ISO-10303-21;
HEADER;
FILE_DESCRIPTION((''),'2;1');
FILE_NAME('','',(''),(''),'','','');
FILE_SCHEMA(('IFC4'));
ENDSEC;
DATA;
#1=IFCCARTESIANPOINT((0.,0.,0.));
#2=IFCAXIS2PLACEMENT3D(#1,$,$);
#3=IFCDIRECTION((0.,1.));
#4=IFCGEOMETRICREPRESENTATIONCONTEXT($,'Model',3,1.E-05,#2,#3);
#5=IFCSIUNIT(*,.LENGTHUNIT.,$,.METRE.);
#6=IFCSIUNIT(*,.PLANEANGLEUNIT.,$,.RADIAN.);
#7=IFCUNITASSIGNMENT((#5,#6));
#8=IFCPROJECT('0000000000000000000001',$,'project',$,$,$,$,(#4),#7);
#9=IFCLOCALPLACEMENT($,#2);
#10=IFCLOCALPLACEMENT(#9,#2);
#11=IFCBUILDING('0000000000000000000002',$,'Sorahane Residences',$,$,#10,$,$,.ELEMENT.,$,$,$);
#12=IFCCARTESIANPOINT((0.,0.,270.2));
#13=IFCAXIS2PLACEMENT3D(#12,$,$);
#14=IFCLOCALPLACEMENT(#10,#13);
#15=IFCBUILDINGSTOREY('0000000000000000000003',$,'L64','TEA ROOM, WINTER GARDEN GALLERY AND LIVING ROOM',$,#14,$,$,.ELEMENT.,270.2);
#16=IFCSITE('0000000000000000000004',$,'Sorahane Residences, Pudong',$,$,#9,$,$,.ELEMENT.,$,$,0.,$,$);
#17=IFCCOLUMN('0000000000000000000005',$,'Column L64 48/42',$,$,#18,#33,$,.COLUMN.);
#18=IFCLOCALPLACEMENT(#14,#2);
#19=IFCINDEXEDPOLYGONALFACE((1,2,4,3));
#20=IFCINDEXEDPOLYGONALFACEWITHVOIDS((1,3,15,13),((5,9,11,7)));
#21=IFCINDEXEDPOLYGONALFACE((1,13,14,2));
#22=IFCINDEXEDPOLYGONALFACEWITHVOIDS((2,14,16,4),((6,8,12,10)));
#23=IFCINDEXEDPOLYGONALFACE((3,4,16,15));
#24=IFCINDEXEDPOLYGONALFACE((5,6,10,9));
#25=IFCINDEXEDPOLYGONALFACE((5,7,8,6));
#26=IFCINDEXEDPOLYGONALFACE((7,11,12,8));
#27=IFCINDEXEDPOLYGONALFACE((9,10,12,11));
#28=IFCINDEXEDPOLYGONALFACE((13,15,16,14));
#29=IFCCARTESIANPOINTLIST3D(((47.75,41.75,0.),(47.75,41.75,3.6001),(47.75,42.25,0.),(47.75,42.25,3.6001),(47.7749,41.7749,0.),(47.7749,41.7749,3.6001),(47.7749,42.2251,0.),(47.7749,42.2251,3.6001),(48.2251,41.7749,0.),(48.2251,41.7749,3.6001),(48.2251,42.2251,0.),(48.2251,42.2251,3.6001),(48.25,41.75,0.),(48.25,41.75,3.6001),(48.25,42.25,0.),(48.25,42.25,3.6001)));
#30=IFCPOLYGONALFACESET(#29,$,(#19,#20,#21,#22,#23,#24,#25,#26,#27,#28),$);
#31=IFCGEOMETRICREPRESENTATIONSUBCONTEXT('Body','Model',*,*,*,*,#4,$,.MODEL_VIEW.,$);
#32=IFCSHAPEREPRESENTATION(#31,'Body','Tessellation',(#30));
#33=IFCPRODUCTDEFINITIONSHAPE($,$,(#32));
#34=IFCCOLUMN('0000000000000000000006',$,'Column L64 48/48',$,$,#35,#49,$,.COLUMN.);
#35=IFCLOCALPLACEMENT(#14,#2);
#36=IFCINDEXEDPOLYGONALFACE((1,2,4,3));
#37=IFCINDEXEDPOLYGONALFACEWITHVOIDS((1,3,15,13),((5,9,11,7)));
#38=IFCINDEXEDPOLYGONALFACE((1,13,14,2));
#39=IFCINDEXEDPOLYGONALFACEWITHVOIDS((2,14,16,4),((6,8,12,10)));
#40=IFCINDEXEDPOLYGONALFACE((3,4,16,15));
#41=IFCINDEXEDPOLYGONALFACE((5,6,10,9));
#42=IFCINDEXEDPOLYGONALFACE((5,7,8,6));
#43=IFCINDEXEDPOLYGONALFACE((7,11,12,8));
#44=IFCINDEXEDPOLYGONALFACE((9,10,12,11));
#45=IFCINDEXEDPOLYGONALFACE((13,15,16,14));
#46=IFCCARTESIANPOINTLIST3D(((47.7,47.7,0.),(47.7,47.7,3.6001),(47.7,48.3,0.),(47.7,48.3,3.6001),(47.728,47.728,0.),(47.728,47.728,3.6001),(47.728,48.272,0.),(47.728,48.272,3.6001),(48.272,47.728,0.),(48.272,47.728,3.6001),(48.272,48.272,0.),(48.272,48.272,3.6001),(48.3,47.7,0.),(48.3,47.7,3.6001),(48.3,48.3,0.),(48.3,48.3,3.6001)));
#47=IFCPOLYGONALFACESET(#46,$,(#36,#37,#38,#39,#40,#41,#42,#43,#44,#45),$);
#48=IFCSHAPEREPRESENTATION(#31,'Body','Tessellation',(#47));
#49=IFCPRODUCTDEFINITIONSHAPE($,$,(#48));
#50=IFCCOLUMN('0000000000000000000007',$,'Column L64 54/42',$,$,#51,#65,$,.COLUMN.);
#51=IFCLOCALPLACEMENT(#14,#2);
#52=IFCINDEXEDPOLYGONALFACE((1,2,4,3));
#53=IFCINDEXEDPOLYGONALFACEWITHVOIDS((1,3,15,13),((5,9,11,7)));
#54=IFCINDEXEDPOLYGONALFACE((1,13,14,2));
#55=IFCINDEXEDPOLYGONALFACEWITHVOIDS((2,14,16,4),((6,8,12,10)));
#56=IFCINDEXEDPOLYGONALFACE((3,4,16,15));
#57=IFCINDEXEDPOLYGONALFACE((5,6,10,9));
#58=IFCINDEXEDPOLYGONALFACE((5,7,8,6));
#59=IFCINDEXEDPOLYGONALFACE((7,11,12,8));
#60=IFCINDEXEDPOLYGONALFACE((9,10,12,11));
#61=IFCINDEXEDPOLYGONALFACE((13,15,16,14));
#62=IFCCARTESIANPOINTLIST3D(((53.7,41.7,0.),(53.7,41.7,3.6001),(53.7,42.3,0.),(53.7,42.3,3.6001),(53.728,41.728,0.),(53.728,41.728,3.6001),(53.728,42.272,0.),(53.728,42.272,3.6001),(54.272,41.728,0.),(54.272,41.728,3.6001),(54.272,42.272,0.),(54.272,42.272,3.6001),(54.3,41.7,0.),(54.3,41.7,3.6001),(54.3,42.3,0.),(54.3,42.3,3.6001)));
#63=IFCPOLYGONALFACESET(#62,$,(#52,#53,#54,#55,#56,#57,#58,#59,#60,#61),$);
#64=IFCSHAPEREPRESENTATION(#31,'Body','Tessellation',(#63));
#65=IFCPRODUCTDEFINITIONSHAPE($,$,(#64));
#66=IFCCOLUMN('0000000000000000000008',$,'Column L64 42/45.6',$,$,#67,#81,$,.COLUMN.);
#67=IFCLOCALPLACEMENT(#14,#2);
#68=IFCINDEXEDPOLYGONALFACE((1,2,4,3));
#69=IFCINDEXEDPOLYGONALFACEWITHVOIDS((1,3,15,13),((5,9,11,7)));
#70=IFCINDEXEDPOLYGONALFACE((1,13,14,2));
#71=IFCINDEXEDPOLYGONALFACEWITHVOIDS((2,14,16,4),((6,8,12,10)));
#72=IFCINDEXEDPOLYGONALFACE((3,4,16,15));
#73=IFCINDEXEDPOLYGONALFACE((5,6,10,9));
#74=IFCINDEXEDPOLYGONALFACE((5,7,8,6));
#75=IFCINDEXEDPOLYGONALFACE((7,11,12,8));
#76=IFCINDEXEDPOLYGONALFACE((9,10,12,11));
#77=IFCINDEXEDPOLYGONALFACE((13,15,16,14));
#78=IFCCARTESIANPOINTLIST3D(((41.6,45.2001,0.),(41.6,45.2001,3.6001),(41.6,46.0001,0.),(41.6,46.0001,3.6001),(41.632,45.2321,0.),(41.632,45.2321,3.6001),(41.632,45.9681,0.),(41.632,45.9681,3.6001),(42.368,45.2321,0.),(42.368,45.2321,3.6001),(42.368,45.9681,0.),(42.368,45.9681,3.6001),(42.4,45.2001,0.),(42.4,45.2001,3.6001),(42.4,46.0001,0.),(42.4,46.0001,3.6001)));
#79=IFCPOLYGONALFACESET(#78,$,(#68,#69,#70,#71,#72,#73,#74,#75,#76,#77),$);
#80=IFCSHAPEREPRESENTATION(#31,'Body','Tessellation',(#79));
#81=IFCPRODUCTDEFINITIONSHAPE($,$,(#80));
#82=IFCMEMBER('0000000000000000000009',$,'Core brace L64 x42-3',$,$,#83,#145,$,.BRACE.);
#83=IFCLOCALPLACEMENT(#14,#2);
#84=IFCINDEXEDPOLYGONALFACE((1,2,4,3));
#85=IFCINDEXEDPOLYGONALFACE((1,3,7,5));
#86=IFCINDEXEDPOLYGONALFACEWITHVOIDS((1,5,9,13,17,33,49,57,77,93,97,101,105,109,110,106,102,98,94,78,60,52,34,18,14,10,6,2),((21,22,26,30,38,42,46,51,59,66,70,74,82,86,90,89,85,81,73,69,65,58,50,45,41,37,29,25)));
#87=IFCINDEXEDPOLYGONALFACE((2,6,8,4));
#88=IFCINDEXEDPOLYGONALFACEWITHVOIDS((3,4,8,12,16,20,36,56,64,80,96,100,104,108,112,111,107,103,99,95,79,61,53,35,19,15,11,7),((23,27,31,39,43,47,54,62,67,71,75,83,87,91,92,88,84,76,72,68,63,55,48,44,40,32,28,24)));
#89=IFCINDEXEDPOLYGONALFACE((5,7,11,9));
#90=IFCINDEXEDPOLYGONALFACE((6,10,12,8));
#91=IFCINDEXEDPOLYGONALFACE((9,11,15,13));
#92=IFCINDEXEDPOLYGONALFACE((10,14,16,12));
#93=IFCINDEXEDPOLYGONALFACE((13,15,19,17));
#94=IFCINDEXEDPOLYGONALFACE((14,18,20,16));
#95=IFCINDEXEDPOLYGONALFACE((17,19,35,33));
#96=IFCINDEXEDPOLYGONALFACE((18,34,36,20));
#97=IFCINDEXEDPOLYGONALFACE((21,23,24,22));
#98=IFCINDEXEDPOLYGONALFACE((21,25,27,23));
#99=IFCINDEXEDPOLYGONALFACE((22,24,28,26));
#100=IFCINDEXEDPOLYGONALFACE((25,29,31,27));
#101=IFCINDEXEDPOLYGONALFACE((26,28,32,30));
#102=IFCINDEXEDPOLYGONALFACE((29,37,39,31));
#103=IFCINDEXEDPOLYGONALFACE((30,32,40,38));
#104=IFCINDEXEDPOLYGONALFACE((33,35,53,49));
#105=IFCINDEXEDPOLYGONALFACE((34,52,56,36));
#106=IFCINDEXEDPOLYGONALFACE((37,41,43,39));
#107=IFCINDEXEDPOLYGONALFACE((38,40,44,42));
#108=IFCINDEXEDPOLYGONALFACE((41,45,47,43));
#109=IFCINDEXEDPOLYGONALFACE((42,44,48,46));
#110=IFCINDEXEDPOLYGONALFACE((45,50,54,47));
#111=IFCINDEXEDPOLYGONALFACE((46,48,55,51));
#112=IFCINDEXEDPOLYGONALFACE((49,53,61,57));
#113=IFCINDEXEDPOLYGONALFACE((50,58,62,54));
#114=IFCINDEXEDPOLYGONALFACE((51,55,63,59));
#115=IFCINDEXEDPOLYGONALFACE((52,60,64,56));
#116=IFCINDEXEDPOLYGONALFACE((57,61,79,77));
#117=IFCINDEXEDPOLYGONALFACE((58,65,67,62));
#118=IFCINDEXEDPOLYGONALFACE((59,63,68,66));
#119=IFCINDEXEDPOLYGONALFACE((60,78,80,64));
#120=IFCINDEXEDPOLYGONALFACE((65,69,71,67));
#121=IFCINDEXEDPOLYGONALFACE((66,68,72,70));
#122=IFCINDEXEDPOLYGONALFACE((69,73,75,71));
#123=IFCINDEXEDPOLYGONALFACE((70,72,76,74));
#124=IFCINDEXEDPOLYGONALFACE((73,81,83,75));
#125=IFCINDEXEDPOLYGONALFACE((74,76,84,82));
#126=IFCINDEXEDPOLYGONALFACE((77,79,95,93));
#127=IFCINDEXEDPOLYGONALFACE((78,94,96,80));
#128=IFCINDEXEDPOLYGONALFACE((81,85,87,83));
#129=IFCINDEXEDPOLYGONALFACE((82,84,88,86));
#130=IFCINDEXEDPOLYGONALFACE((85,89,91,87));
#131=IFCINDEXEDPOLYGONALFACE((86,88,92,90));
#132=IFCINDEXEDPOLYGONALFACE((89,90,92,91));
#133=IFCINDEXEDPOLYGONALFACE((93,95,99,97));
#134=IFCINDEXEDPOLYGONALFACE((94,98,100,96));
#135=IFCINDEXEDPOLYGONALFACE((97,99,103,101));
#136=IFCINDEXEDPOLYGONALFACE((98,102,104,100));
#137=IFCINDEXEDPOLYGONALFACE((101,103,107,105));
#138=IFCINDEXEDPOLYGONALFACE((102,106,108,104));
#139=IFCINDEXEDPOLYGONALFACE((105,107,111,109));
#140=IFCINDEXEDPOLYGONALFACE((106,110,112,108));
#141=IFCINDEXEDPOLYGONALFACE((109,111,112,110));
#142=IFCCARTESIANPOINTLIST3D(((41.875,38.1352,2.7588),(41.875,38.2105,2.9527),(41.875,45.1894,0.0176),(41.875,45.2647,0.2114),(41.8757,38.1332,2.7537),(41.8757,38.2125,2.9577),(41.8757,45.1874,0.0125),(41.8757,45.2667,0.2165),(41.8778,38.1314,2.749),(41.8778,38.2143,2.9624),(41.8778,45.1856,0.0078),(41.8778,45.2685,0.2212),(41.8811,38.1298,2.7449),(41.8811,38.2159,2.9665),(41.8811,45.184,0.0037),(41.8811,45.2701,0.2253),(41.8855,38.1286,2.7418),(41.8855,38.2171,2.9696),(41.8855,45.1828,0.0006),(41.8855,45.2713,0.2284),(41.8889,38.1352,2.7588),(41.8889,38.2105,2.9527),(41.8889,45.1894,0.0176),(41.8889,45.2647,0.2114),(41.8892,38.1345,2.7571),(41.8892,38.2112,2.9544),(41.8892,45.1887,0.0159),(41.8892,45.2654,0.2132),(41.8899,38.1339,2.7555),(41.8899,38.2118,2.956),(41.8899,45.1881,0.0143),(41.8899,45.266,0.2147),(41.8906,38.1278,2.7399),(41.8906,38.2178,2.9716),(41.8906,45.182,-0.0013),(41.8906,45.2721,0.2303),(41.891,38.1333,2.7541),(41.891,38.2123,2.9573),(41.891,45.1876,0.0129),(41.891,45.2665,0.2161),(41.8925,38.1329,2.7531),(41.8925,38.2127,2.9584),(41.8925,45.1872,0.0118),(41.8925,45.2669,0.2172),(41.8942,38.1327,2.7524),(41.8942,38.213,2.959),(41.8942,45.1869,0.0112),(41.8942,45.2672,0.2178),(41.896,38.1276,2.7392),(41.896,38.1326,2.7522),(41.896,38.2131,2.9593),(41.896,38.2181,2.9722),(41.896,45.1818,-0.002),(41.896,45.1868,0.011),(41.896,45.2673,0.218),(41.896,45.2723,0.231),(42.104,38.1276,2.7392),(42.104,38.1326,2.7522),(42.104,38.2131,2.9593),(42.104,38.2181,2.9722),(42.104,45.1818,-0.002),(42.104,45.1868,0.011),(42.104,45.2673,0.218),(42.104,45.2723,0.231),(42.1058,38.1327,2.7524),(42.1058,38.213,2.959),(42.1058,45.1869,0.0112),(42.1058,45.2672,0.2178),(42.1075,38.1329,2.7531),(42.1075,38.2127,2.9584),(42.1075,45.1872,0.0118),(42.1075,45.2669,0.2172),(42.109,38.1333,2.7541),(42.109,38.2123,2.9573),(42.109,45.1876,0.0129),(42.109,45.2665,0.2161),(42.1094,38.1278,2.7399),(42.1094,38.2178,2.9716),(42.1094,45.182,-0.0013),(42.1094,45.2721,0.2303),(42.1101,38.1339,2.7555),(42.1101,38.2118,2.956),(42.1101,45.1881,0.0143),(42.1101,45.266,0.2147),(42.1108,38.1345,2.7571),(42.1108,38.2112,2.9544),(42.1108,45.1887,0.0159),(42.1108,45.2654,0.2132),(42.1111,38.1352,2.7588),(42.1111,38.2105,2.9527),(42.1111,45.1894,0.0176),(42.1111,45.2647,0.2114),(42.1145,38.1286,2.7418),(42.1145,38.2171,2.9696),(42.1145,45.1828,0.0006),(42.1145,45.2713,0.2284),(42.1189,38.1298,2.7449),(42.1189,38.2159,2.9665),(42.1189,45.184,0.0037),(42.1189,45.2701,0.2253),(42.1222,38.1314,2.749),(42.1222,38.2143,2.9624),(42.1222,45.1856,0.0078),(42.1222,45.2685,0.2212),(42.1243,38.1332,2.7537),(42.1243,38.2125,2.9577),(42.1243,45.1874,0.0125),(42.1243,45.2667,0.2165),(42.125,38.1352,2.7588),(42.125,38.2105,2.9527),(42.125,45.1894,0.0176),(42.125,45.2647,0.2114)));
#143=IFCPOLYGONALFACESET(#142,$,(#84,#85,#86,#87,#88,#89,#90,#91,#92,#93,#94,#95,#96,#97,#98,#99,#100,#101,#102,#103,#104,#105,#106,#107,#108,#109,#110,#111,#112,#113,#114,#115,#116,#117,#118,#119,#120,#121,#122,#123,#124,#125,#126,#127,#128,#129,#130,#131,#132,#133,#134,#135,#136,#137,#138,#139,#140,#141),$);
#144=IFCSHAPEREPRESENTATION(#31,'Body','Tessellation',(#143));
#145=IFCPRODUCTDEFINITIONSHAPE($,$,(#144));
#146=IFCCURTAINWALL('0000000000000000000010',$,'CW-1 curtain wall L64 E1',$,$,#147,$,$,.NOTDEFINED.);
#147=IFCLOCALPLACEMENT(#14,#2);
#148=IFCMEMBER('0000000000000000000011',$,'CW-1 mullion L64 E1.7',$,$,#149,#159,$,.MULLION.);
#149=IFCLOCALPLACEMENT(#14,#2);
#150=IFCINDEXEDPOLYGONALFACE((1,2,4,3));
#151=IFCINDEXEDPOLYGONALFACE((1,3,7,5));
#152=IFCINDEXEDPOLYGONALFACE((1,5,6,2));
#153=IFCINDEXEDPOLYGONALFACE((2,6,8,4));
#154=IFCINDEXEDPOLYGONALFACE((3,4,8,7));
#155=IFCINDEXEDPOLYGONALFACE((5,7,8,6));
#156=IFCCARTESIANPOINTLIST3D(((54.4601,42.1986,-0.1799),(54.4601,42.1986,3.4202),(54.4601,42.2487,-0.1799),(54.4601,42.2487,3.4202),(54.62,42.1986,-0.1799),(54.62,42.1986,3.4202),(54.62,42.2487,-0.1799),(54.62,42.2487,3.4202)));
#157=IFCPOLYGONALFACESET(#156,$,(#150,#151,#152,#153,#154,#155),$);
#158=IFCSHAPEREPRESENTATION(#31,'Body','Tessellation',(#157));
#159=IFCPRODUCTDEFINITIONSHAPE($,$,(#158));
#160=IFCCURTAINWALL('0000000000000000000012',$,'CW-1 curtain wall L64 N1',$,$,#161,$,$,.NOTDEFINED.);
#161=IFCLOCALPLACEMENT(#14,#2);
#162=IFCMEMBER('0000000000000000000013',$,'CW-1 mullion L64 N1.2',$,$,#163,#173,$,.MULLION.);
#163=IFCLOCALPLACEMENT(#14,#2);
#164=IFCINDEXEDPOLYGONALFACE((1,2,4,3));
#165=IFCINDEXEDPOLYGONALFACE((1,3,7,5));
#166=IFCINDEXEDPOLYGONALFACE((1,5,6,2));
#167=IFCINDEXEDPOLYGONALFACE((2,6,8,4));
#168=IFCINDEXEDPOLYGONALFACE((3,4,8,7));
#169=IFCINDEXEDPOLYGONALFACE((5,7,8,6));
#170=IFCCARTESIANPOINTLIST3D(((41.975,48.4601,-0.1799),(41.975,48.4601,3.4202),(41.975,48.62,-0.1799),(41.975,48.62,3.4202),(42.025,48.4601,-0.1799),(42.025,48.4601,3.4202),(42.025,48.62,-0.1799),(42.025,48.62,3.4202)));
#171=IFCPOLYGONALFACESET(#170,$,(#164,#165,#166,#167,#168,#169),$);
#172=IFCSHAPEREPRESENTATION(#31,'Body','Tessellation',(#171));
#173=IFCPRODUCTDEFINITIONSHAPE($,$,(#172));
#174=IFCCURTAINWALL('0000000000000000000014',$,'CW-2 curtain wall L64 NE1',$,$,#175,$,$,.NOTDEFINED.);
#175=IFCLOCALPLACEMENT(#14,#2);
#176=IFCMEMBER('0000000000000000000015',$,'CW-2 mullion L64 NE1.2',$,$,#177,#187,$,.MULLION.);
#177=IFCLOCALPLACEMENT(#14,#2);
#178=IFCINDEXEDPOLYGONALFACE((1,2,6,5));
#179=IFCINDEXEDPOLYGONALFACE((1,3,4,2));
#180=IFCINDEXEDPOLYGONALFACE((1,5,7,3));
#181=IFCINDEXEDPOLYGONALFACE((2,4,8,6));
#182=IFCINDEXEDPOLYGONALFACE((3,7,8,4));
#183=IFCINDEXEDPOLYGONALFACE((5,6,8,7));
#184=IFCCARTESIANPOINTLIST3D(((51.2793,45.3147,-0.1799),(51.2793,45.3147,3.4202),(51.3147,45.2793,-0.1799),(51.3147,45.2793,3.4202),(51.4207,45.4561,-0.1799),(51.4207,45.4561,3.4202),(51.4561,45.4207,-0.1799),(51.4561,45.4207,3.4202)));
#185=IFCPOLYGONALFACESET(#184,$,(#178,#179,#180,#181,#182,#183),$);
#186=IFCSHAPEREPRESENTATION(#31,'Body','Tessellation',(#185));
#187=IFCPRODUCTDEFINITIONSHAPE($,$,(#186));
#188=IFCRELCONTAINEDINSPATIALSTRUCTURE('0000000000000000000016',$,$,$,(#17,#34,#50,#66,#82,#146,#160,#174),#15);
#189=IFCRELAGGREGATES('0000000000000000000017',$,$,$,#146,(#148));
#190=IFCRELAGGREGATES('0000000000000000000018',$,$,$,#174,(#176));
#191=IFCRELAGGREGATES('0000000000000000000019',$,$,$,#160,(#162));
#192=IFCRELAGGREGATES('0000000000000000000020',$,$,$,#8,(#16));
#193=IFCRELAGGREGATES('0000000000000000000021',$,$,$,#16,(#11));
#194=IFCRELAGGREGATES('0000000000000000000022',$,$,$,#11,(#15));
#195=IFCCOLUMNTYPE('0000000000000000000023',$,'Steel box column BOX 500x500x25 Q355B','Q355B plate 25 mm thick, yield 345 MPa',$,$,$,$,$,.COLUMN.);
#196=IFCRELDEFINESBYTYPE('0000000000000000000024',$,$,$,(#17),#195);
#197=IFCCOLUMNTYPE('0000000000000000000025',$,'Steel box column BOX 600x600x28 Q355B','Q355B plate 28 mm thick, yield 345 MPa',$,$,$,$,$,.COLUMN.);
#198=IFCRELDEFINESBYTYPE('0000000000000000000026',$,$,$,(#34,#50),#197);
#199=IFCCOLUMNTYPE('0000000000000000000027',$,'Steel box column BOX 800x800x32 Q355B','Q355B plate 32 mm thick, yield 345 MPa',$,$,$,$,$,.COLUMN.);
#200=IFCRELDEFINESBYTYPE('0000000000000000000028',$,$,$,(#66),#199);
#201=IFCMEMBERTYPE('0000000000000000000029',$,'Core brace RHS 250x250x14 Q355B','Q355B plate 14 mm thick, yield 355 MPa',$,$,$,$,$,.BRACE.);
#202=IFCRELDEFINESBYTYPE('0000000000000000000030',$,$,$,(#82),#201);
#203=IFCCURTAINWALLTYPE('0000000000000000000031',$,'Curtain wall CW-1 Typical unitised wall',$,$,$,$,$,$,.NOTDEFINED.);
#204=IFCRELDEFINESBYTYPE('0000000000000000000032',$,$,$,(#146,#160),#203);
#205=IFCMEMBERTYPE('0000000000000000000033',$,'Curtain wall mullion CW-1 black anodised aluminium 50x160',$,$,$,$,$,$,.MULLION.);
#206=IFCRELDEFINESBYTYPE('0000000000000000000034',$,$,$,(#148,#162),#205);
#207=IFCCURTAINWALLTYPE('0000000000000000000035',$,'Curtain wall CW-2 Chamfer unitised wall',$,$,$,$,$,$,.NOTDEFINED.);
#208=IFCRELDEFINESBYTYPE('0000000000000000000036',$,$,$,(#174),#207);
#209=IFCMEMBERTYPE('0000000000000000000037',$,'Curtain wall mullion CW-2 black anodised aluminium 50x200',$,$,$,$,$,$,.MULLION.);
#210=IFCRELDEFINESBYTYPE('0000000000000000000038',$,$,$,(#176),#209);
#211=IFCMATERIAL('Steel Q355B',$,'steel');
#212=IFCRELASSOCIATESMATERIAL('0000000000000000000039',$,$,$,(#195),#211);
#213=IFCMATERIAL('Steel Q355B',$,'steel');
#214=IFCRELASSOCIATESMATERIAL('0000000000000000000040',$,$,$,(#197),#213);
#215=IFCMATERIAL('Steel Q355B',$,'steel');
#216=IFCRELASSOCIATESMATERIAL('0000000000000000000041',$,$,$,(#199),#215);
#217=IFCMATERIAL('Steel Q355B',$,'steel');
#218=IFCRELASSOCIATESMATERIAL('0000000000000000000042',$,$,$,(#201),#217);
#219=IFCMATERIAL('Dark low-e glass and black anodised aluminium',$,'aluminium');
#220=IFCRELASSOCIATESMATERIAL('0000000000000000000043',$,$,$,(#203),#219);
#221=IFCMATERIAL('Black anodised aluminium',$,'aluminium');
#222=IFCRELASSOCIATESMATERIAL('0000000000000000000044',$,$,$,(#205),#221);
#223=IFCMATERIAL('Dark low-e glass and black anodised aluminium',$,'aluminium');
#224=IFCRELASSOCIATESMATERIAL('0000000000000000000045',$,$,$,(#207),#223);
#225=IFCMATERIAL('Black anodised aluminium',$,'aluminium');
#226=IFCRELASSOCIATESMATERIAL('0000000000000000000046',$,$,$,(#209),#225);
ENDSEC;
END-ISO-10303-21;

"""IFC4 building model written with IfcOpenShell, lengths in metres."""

from ifc_helpers import new_model, si_unit, direction, frame, origin, origin_2d, place, context, subcontext, project, spatial, rectangle, hollow_rectangle, extrude, material, material_profile, profile_set, type_object, element, aggregate, save


model = new_model("IFC4")

# Units and contexts
model_context = context("Model", 3, precision=1e-05, world=origin(), true_north=direction((0.0, 1.0)))
body_context = subcontext(model_context, "Body", "Model", "MODEL_VIEW")
ifc_project = project(units=[si_unit("LENGTHUNIT", "METRE"), si_unit("PLANEANGLEUNIT", "RADIAN")], contexts=[model_context])

# Site, building, storey
site_placement = place(None, origin())
site = spatial("IfcSite", under=ifc_project, at=site_placement, Name="Sorahane Residences, Pudong", CompositionType="ELEMENT", RefElevation=0.0)
building_placement = place(site_placement, origin())
building = spatial("IfcBuilding", under=site, at=building_placement, Name="Sorahane Residences", CompositionType="ELEMENT")
storey_placement = place(building_placement, frame((0.0, 0.0, 270.2)))
storey = spatial("IfcBuildingStorey", under=building, at=storey_placement, Name="L64", Description="TEA ROOM, WINTER GARDEN GALLERY AND LIVING ROOM", CompositionType="ELEMENT", Elevation=270.2)

# Columns
ifc_material_1 = material(Name="Steel Q355B", Category="steel")
ifc_material_profile_1 = material_profile(ifc_material_1, hollow_rectangle(XDim=0.5, YDim=0.5, WallThickness=0.0249, at=origin_2d()), Name="BOX 500x500x25")
ifc_profile_set_1 = profile_set([ifc_material_profile_1], Name="Steel Q355B")
column_type_1 = type_object("IfcColumnType", Name="Steel box column BOX 500x500x25 Q355B", Description="Q355B plate 25 mm thick, yield 345 MPa", PredefinedType="COLUMN", material=ifc_profile_set_1)
column_1_placement = place(storey_placement, frame((48.0, 42.0, 0.0), z_axis=(0.0, 0.0, 1.0), x_axis=(1.0, 0.0, 0.0)))
element("IfcColumn", 1, at=column_1_placement, inside=storey, type_object=column_type_1, Name="Column L64 48/42", PredefinedType="COLUMN", context=body_context, shape_type="SweptSolid", body=[
    extrude(hollow_rectangle(XDim=0.5, YDim=0.5, WallThickness=0.0249, at=origin_2d()), origin(), (0.0, 0.0, 1.0), 3.6001),
])
ifc_material_2 = material(Name="Steel Q355B", Category="steel")
ifc_material_profile_2 = material_profile(ifc_material_2, hollow_rectangle(XDim=0.6001, YDim=0.6001, WallThickness=0.0281, at=origin_2d()), Name="BOX 600x600x28")
ifc_profile_set_2 = profile_set([ifc_material_profile_2], Name="Steel Q355B")
column_type_2 = type_object("IfcColumnType", Name="Steel box column BOX 600x600x28 Q355B", Description="Q355B plate 28 mm thick, yield 345 MPa", PredefinedType="COLUMN", material=ifc_profile_set_2)
for number, where, z_axis, x_axis, name in (
    (2, (48.0, 48.0, 0.0), (0.0, 0.0, 1.0), (1.0, 0.0, 0.0), "Column L64 48/48"),
    (3, (54.0, 42.0, 0.0), (0.0, 0.0, 1.0), (1.0, 0.0, 0.0), "Column L64 54/42"),
):
    element("IfcColumn", number, at=place(storey_placement, frame(where, z_axis=z_axis, x_axis=x_axis)), inside=storey, type_object=column_type_2, Name=name, PredefinedType="COLUMN", context=body_context, shape_type="SweptSolid", body=[
        extrude(hollow_rectangle(XDim=0.6001, YDim=0.6001, WallThickness=0.0281, at=origin_2d()), origin(), (0.0, 0.0, 1.0), 3.6001),
    ])
ifc_material_3 = material(Name="Steel Q355B", Category="steel")
ifc_material_profile_3 = material_profile(ifc_material_3, hollow_rectangle(XDim=0.8, YDim=0.8, WallThickness=0.032, at=origin_2d()), Name="BOX 800x800x32")
ifc_profile_set_3 = profile_set([ifc_material_profile_3], Name="Steel Q355B")
column_type_3 = type_object("IfcColumnType", Name="Steel box column BOX 800x800x32 Q355B", Description="Q355B plate 32 mm thick, yield 345 MPa", PredefinedType="COLUMN", material=ifc_profile_set_3)
column_2_placement = place(storey_placement, frame((42.0, 45.6001, 0.0), z_axis=(0.0, 0.0, 1.0), x_axis=(1.0, 0.0, 0.0)))
element("IfcColumn", 4, at=column_2_placement, inside=storey, type_object=column_type_3, Name="Column L64 42/45.6", PredefinedType="COLUMN", context=body_context, shape_type="SweptSolid", body=[
    extrude(hollow_rectangle(XDim=0.8, YDim=0.8, WallThickness=0.032, at=origin_2d()), origin(), (0.0, 0.0, 1.0), 3.6001),
])

# Member
ifc_material_4 = material(Name="Steel Q355B", Category="steel")
ifc_material_profile_4 = material_profile(ifc_material_4, hollow_rectangle(XDim=0.25, YDim=0.25, WallThickness=0.0139, InnerFilletRadius=0.0071, OuterFilletRadius=0.021, at=origin_2d()), Name="RHS 250x250x14")
ifc_profile_set_4 = profile_set([ifc_material_profile_4], Name="Steel Q355B")
member_type_1 = type_object("IfcMemberType", Name="Core brace RHS 250x250x14 Q355B", Description="Q355B plate 14 mm thick, yield 355 MPa", PredefinedType="BRACE", material=ifc_profile_set_4)
member_1_placement = place(storey_placement, frame((42.0, 45.2271, 0.1145), z_axis=(0.0, -0.932098, 0.362207), x_axis=(1.0, 0.0, 0.0)))
element("IfcMember", 5, at=member_1_placement, inside=storey, type_object=member_type_1, Name="Core brace L64 x42-3", PredefinedType="BRACE", context=body_context, shape_type="SweptSolid", body=[
    extrude(hollow_rectangle(XDim=0.25, YDim=0.25, WallThickness=0.0139, InnerFilletRadius=0.0071, OuterFilletRadius=0.021, at=origin_2d()), origin(), (0.0, 0.0, 1.0), 7.5681),
])

# Curtain walls, members
ifc_material_5 = material(Name="Dark low-e glass and black anodised aluminium", Category="aluminium")
curtain_wall_type_1 = type_object("IfcCurtainWallType", Name="Curtain wall CW-1 Typical unitised wall", PredefinedType="NOTDEFINED", material=ifc_material_5)
curtain_wall_1_placement = place(storey_placement, origin())
curtain_wall_1 = element("IfcCurtainWall", 6, at=curtain_wall_1_placement, inside=storey, type_object=curtain_wall_type_1, Name="CW-1 curtain wall L64 E1", PredefinedType="NOTDEFINED")
ifc_material_6 = material(Name="Black anodised aluminium", Category="aluminium")
ifc_material_profile_5 = material_profile(ifc_material_6, rectangle(XDim=0.1599, YDim=0.05, at=origin_2d()), Name="Curtain wall mullion CW-1 black anodised aluminium 50x160")
ifc_profile_set_5 = profile_set([ifc_material_profile_5], Name="Black anodised aluminium")
member_type_2 = type_object("IfcMemberType", Name="Curtain wall mullion CW-1 black anodised aluminium 50x160", PredefinedType="MULLION", material=ifc_profile_set_5)
member_2_placement = place(storey_placement, frame((54.54, 42.2236, -0.1799), z_axis=(0.0, 0.0, 1.0), x_axis=(1.0, 0.0, 0.0)))
member_2 = element("IfcMember", 7, at=member_2_placement, type_object=member_type_2, Name="CW-1 mullion L64 E1.7", PredefinedType="MULLION", context=body_context, shape_type="SweptSolid", body=[
    extrude(rectangle(XDim=0.1599, YDim=0.05, at=origin_2d()), origin(), (0.0, 0.0, 1.0), 3.6001),
])
curtain_wall_2_placement = place(storey_placement, origin())
curtain_wall_2 = element("IfcCurtainWall", 8, at=curtain_wall_2_placement, inside=storey, type_object=curtain_wall_type_1, Name="CW-1 curtain wall L64 N1", PredefinedType="NOTDEFINED")
member_3_placement = place(storey_placement, frame((42.0, 48.54, -0.1799), z_axis=(0.0, 0.0, 1.0), x_axis=(0.0, 1.0, 0.0)))
member_3 = element("IfcMember", 9, at=member_3_placement, type_object=member_type_2, Name="CW-1 mullion L64 N1.2", PredefinedType="MULLION", context=body_context, shape_type="SweptSolid", body=[
    extrude(rectangle(XDim=0.1599, YDim=0.05, at=origin_2d()), origin(), (0.0, 0.0, 1.0), 3.6001),
])

# Curtain wall, member
ifc_material_7 = material(Name="Dark low-e glass and black anodised aluminium", Category="aluminium")
curtain_wall_type_2 = type_object("IfcCurtainWallType", Name="Curtain wall CW-2 Chamfer unitised wall", PredefinedType="NOTDEFINED", material=ifc_material_7)
curtain_wall_3_placement = place(storey_placement, origin())
curtain_wall_3 = element("IfcCurtainWall", 10, at=curtain_wall_3_placement, inside=storey, type_object=curtain_wall_type_2, Name="CW-2 curtain wall L64 NE1", PredefinedType="NOTDEFINED")
ifc_material_8 = material(Name="Black anodised aluminium", Category="aluminium")
ifc_material_profile_6 = material_profile(ifc_material_8, rectangle(XDim=0.2, YDim=0.05, at=origin_2d()), Name="Curtain wall mullion CW-2 black anodised aluminium 50x200")
ifc_profile_set_6 = profile_set([ifc_material_profile_6], Name="Black anodised aluminium")
member_type_3 = type_object("IfcMemberType", Name="Curtain wall mullion CW-2 black anodised aluminium 50x200", PredefinedType="MULLION", material=ifc_profile_set_6)
member_4_placement = place(storey_placement, frame((51.3677, 45.3677, -0.1799), z_axis=(0.0, 0.0, 1.0), x_axis=(0.707107, 0.707107, 0.0)))
member_4 = element("IfcMember", 11, at=member_4_placement, type_object=member_type_3, Name="CW-2 mullion L64 NE1.2", PredefinedType="MULLION", context=body_context, shape_type="SweptSolid", body=[
    extrude(rectangle(XDim=0.2, YDim=0.05, at=origin_2d()), origin(), (0.0, 0.0, 1.0), 3.6001),
])

aggregate(curtain_wall_1, [member_2])
aggregate(curtain_wall_3, [member_4])
aggregate(curtain_wall_2, [member_3])

save(model, "model.ifc")
